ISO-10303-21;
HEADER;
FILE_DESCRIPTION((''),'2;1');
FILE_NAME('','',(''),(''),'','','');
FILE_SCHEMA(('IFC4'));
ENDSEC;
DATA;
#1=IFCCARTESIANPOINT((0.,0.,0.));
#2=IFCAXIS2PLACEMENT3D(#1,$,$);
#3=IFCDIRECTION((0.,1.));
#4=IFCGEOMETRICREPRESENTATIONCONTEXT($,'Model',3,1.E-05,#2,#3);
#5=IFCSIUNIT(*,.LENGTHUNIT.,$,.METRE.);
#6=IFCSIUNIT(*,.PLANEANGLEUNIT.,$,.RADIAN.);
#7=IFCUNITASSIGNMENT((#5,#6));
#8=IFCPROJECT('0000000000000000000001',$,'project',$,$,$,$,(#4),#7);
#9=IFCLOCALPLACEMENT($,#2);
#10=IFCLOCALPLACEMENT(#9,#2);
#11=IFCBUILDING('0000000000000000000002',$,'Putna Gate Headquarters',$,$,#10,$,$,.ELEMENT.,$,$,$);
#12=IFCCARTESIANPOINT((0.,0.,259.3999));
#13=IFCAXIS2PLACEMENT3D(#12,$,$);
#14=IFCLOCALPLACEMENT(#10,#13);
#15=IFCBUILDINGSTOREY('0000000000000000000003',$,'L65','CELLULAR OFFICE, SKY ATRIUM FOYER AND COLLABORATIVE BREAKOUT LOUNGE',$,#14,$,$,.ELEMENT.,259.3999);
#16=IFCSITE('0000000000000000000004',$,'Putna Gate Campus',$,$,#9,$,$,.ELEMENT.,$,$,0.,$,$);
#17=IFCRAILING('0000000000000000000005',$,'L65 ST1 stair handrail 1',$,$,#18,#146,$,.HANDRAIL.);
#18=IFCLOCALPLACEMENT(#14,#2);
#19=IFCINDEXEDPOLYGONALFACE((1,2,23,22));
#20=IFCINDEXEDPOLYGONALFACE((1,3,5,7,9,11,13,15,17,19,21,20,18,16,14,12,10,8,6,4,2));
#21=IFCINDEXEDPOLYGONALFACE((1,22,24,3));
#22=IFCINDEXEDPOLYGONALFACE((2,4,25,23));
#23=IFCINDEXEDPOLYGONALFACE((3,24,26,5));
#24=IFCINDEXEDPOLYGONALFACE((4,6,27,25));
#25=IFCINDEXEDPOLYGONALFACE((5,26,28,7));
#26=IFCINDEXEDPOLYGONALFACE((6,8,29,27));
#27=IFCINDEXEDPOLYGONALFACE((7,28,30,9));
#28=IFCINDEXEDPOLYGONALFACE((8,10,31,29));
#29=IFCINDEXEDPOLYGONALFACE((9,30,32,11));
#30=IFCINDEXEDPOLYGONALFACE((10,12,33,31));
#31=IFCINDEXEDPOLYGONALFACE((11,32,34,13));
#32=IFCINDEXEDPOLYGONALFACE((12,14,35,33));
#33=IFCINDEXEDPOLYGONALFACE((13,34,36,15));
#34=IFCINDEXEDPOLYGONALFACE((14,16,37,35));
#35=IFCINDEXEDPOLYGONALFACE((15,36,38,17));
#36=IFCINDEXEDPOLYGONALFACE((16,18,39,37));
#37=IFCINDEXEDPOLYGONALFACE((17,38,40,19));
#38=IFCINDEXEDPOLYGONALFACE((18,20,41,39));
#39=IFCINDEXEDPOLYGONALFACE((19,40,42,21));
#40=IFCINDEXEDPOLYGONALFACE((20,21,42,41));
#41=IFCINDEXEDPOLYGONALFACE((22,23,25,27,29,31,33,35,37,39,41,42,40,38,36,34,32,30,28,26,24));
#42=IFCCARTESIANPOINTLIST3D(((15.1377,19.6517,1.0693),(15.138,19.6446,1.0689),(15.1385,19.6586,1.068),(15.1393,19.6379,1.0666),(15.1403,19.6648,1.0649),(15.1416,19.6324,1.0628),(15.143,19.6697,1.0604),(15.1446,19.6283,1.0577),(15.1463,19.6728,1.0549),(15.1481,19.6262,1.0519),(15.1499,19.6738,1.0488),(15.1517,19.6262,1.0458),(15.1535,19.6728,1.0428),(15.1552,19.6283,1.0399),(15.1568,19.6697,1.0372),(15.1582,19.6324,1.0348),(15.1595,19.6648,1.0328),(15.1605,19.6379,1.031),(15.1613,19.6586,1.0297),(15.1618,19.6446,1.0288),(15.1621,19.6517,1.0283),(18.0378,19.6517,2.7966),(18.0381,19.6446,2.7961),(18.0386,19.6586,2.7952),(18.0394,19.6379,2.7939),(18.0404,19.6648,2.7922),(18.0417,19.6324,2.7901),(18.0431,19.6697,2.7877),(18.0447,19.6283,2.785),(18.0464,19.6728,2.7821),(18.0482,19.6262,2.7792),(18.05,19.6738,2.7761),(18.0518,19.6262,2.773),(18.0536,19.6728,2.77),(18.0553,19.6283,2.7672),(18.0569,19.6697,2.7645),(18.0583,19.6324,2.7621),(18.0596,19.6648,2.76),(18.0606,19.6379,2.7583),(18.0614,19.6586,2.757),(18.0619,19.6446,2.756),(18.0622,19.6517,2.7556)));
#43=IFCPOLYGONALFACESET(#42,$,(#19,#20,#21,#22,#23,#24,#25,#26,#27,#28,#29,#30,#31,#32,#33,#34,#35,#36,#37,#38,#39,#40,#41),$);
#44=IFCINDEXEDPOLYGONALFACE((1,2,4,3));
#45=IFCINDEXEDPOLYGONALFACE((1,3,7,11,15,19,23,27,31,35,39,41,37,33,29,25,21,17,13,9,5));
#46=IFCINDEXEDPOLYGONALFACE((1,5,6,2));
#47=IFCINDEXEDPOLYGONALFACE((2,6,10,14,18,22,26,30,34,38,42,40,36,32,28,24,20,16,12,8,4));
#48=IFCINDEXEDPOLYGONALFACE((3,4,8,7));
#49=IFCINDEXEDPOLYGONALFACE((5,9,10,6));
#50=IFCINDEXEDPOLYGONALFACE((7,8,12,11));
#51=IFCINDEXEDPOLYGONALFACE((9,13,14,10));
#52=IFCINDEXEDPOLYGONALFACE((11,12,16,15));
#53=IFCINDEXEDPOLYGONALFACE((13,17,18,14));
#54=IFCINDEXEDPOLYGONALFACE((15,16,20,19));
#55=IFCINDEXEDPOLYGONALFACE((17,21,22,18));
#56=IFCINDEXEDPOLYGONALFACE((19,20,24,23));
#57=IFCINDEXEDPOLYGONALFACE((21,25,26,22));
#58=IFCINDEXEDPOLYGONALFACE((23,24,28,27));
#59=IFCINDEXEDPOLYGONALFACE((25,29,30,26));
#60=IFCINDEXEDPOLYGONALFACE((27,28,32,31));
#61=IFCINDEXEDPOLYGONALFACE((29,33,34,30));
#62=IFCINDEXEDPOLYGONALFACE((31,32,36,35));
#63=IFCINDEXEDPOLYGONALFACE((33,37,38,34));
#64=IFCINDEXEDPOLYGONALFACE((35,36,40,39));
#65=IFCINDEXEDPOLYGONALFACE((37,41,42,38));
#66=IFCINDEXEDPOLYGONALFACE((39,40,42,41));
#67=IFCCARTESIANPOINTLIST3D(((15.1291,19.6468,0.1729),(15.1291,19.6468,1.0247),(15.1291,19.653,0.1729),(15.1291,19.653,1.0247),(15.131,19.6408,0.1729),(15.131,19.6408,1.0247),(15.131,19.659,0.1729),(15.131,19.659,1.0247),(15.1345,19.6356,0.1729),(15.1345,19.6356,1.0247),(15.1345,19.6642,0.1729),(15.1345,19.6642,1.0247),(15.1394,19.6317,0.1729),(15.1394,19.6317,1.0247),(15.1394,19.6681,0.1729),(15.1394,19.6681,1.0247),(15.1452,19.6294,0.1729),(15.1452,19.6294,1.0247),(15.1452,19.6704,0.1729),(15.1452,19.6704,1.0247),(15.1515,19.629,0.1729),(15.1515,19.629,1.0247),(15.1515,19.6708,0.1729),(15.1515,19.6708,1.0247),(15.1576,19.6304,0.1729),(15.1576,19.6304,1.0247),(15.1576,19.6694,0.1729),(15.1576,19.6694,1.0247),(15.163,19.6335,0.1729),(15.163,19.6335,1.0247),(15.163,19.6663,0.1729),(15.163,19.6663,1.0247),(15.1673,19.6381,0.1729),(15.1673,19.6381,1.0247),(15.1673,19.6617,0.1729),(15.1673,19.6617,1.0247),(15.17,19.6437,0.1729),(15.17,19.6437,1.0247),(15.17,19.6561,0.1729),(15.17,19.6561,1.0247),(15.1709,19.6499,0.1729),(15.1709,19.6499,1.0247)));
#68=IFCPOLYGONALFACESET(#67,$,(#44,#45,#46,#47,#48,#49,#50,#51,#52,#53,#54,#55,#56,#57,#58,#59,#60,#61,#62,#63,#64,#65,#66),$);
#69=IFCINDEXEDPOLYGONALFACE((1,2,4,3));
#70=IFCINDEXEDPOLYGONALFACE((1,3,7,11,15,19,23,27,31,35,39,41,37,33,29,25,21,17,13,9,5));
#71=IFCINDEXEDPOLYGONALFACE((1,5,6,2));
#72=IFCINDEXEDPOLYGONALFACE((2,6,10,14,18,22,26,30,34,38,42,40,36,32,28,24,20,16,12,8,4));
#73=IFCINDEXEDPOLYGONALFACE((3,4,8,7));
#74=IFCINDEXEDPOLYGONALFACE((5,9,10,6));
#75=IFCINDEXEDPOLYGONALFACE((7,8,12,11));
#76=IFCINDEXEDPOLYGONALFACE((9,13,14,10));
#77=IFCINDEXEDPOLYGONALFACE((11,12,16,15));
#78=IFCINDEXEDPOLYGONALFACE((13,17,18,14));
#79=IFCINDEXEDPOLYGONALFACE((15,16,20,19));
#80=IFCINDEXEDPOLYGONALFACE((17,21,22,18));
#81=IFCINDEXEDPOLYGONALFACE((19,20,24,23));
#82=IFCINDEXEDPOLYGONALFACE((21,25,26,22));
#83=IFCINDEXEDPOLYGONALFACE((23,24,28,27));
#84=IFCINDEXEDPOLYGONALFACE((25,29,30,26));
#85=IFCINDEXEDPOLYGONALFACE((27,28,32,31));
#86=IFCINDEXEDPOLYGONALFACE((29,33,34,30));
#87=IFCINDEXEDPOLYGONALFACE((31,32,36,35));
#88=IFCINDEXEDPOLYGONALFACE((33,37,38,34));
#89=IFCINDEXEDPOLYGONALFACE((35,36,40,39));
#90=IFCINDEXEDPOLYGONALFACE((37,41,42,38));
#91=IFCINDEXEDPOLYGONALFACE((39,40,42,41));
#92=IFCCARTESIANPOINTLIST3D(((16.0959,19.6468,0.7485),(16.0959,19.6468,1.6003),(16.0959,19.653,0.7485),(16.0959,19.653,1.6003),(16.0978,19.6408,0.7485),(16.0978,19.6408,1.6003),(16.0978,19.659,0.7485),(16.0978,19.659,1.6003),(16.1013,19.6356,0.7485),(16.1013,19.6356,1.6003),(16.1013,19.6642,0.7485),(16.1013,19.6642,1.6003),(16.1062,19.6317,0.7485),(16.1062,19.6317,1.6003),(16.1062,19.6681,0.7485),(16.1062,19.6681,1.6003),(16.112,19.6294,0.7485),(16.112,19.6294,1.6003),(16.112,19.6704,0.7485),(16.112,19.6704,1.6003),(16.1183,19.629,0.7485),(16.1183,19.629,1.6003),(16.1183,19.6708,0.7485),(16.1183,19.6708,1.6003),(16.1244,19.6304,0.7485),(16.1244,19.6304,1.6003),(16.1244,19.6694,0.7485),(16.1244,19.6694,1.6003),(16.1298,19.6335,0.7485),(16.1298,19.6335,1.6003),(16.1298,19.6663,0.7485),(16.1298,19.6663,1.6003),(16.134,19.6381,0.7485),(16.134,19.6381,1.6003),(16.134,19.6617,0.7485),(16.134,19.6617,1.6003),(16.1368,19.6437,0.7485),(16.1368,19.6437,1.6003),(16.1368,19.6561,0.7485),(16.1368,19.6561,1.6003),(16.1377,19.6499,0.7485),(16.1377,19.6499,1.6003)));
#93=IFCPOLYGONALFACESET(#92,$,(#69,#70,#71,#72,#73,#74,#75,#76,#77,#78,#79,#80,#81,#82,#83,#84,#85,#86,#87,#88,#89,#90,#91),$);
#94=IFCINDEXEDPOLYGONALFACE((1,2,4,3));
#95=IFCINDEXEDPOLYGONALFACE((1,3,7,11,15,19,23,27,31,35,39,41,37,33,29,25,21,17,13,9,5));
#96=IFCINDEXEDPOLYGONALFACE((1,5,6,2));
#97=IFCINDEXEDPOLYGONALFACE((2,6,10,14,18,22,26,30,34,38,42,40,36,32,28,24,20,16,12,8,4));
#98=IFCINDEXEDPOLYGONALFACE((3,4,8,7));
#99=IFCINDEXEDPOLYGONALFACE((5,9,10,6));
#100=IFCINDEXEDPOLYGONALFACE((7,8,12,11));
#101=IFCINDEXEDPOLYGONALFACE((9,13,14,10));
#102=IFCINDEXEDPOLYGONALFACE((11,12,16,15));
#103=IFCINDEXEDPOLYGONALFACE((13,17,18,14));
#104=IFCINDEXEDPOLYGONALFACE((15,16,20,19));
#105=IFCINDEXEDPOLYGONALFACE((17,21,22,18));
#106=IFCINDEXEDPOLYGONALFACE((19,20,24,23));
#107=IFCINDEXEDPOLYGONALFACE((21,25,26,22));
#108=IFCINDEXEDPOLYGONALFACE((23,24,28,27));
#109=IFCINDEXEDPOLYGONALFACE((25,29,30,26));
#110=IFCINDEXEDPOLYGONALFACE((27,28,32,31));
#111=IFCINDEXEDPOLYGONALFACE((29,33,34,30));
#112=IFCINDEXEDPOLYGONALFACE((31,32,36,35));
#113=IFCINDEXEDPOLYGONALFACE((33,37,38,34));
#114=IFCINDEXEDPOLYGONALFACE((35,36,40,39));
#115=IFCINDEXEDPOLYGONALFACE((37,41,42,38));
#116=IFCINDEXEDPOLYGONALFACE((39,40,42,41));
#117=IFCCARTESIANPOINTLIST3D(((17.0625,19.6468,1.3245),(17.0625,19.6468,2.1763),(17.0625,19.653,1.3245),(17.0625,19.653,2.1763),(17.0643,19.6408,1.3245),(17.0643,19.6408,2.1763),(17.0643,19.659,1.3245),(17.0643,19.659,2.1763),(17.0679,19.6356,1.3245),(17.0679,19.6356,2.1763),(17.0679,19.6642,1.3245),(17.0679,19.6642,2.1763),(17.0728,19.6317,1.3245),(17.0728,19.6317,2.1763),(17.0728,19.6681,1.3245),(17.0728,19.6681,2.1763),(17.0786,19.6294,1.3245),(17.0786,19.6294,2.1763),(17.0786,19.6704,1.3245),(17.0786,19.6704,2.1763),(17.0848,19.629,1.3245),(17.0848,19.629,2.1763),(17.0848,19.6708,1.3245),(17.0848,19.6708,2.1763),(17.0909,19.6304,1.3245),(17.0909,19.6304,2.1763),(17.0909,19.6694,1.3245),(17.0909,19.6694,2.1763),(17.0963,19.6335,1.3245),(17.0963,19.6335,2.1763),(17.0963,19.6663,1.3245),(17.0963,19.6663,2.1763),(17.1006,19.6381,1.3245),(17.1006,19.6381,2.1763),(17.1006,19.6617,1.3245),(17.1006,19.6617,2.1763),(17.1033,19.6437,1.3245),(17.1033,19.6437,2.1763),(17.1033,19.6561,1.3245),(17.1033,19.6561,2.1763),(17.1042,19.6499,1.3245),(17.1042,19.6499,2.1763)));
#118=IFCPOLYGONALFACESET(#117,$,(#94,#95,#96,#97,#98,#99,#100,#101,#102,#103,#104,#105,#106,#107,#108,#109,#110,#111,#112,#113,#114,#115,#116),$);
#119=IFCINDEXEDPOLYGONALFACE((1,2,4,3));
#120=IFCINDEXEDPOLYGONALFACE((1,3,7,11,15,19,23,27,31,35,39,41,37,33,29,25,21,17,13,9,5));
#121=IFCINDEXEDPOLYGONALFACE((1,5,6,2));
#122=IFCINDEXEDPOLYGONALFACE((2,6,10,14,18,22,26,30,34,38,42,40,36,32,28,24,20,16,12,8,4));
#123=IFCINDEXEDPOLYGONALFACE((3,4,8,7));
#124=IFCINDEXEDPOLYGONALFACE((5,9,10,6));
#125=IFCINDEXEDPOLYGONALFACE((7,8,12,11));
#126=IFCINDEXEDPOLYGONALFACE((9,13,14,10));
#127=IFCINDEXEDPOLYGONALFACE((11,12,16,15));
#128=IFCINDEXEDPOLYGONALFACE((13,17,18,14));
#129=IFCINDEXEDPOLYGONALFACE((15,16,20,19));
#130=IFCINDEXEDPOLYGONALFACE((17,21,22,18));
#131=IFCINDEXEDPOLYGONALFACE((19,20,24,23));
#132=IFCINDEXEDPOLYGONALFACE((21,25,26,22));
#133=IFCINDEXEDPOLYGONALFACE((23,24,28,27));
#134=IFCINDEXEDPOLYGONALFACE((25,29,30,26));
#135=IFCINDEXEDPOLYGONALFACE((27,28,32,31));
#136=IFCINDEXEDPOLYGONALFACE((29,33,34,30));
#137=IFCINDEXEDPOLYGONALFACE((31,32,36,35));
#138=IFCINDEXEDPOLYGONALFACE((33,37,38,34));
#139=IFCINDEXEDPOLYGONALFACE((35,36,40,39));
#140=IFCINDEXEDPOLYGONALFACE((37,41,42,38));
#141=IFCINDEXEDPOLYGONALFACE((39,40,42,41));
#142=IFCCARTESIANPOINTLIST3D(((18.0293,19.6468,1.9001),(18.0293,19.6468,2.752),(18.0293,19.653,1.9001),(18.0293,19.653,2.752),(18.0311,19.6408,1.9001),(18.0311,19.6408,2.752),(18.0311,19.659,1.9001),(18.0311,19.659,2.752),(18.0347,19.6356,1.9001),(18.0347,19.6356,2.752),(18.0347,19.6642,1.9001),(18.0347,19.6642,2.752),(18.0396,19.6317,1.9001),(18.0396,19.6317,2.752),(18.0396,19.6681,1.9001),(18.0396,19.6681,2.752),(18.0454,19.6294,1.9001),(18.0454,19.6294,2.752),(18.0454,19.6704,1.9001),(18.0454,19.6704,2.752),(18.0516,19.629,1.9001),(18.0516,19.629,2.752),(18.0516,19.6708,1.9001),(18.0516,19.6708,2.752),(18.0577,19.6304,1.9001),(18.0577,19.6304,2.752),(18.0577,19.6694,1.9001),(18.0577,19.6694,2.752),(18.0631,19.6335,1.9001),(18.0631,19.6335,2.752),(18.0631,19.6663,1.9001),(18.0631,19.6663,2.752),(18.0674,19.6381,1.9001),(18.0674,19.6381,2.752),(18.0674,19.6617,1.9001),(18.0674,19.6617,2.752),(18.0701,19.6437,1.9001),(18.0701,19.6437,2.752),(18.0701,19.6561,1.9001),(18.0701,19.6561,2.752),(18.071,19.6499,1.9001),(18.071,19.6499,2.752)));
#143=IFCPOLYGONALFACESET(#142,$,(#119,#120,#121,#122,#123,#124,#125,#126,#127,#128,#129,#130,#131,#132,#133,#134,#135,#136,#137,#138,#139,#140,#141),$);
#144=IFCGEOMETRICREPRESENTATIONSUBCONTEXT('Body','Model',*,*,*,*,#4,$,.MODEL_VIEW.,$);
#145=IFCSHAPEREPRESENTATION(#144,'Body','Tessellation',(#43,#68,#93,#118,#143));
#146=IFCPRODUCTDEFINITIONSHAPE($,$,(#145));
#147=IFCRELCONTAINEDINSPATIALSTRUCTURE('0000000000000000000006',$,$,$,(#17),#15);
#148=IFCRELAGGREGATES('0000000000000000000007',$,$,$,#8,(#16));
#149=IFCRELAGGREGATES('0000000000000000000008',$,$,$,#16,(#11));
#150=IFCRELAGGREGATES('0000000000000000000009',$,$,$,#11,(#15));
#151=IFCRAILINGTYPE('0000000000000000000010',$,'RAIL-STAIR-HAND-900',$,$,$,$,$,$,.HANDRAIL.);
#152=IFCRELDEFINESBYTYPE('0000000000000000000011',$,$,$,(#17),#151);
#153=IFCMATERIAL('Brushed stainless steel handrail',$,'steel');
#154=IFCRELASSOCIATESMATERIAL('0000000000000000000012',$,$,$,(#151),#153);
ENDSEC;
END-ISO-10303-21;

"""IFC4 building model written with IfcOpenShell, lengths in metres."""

from ifc_helpers import new_model, si_unit, direction, frame, origin, origin_2d, place, context, subcontext, project, spatial, circle, extrude, material, type_object, element, save


model = new_model("IFC4")

# Units and contexts
model_context = context("Model", 3, precision=1e-05, world=origin(), true_north=direction((0.0, 1.0)))
body_context = subcontext(model_context, "Body", "Model", "MODEL_VIEW")
ifc_project = project(units=[si_unit("LENGTHUNIT", "METRE"), si_unit("PLANEANGLEUNIT", "RADIAN")], contexts=[model_context])

# Site, building, storey
site_placement = place(None, origin())
site = spatial("IfcSite", under=ifc_project, at=site_placement, Name="Putna Gate Campus", CompositionType="ELEMENT", RefElevation=0.0)
building_placement = place(site_placement, origin())
building = spatial("IfcBuilding", under=site, at=building_placement, Name="Putna Gate Headquarters", CompositionType="ELEMENT")
storey_placement = place(building_placement, frame((0.0, 0.0, 259.3999)))
storey = spatial("IfcBuildingStorey", under=building, at=storey_placement, Name="L65", Description="CELLULAR OFFICE, SKY ATRIUM FOYER AND COLLABORATIVE BREAKOUT LOUNGE", CompositionType="ELEMENT", Elevation=259.3999)

# Railing
ifc_material_1 = material(Name="Brushed stainless steel handrail", Category="steel")
railing_type_1 = type_object("IfcRailingType", Name="RAIL-STAIR-HAND-900", PredefinedType="HANDRAIL", material=ifc_material_1)
railing_1_placement = place(storey_placement, frame((15.1499, 19.6499, 0.1729)))
element("IfcRailing", 1, at=railing_1_placement, inside=storey, type_object=railing_type_1, Name="L65 ST1 stair handrail 1", PredefinedType="HANDRAIL", context=body_context, shape_type="SweptSolid", body=[
    extrude(circle(Radius=0.0239, at=origin_2d()), frame((0.0, 0.0, 0.876), z_axis=(0.85916, 0.0, 0.511706), x_axis=(0.0, 1.0, 0.0)), (0.0, 0.0, 1.0), 3.3755),
    extrude(circle(Radius=0.021, at=origin_2d()), origin(), (0.0, 0.0, 1.0), 0.8518),
    extrude(circle(Radius=0.021, at=origin_2d()), frame((0.9668, 0.0, 0.5757)), (0.0, 0.0, 1.0), 0.8518),
    extrude(circle(Radius=0.021, at=origin_2d()), frame((1.9333, 0.0, 1.1516)), (0.0, 0.0, 1.0), 0.8518),
    extrude(circle(Radius=0.021, at=origin_2d()), frame((2.9001, 0.0, 1.7273)), (0.0, 0.0, 1.0), 0.8518),
])

save(model, "model.ifc")
